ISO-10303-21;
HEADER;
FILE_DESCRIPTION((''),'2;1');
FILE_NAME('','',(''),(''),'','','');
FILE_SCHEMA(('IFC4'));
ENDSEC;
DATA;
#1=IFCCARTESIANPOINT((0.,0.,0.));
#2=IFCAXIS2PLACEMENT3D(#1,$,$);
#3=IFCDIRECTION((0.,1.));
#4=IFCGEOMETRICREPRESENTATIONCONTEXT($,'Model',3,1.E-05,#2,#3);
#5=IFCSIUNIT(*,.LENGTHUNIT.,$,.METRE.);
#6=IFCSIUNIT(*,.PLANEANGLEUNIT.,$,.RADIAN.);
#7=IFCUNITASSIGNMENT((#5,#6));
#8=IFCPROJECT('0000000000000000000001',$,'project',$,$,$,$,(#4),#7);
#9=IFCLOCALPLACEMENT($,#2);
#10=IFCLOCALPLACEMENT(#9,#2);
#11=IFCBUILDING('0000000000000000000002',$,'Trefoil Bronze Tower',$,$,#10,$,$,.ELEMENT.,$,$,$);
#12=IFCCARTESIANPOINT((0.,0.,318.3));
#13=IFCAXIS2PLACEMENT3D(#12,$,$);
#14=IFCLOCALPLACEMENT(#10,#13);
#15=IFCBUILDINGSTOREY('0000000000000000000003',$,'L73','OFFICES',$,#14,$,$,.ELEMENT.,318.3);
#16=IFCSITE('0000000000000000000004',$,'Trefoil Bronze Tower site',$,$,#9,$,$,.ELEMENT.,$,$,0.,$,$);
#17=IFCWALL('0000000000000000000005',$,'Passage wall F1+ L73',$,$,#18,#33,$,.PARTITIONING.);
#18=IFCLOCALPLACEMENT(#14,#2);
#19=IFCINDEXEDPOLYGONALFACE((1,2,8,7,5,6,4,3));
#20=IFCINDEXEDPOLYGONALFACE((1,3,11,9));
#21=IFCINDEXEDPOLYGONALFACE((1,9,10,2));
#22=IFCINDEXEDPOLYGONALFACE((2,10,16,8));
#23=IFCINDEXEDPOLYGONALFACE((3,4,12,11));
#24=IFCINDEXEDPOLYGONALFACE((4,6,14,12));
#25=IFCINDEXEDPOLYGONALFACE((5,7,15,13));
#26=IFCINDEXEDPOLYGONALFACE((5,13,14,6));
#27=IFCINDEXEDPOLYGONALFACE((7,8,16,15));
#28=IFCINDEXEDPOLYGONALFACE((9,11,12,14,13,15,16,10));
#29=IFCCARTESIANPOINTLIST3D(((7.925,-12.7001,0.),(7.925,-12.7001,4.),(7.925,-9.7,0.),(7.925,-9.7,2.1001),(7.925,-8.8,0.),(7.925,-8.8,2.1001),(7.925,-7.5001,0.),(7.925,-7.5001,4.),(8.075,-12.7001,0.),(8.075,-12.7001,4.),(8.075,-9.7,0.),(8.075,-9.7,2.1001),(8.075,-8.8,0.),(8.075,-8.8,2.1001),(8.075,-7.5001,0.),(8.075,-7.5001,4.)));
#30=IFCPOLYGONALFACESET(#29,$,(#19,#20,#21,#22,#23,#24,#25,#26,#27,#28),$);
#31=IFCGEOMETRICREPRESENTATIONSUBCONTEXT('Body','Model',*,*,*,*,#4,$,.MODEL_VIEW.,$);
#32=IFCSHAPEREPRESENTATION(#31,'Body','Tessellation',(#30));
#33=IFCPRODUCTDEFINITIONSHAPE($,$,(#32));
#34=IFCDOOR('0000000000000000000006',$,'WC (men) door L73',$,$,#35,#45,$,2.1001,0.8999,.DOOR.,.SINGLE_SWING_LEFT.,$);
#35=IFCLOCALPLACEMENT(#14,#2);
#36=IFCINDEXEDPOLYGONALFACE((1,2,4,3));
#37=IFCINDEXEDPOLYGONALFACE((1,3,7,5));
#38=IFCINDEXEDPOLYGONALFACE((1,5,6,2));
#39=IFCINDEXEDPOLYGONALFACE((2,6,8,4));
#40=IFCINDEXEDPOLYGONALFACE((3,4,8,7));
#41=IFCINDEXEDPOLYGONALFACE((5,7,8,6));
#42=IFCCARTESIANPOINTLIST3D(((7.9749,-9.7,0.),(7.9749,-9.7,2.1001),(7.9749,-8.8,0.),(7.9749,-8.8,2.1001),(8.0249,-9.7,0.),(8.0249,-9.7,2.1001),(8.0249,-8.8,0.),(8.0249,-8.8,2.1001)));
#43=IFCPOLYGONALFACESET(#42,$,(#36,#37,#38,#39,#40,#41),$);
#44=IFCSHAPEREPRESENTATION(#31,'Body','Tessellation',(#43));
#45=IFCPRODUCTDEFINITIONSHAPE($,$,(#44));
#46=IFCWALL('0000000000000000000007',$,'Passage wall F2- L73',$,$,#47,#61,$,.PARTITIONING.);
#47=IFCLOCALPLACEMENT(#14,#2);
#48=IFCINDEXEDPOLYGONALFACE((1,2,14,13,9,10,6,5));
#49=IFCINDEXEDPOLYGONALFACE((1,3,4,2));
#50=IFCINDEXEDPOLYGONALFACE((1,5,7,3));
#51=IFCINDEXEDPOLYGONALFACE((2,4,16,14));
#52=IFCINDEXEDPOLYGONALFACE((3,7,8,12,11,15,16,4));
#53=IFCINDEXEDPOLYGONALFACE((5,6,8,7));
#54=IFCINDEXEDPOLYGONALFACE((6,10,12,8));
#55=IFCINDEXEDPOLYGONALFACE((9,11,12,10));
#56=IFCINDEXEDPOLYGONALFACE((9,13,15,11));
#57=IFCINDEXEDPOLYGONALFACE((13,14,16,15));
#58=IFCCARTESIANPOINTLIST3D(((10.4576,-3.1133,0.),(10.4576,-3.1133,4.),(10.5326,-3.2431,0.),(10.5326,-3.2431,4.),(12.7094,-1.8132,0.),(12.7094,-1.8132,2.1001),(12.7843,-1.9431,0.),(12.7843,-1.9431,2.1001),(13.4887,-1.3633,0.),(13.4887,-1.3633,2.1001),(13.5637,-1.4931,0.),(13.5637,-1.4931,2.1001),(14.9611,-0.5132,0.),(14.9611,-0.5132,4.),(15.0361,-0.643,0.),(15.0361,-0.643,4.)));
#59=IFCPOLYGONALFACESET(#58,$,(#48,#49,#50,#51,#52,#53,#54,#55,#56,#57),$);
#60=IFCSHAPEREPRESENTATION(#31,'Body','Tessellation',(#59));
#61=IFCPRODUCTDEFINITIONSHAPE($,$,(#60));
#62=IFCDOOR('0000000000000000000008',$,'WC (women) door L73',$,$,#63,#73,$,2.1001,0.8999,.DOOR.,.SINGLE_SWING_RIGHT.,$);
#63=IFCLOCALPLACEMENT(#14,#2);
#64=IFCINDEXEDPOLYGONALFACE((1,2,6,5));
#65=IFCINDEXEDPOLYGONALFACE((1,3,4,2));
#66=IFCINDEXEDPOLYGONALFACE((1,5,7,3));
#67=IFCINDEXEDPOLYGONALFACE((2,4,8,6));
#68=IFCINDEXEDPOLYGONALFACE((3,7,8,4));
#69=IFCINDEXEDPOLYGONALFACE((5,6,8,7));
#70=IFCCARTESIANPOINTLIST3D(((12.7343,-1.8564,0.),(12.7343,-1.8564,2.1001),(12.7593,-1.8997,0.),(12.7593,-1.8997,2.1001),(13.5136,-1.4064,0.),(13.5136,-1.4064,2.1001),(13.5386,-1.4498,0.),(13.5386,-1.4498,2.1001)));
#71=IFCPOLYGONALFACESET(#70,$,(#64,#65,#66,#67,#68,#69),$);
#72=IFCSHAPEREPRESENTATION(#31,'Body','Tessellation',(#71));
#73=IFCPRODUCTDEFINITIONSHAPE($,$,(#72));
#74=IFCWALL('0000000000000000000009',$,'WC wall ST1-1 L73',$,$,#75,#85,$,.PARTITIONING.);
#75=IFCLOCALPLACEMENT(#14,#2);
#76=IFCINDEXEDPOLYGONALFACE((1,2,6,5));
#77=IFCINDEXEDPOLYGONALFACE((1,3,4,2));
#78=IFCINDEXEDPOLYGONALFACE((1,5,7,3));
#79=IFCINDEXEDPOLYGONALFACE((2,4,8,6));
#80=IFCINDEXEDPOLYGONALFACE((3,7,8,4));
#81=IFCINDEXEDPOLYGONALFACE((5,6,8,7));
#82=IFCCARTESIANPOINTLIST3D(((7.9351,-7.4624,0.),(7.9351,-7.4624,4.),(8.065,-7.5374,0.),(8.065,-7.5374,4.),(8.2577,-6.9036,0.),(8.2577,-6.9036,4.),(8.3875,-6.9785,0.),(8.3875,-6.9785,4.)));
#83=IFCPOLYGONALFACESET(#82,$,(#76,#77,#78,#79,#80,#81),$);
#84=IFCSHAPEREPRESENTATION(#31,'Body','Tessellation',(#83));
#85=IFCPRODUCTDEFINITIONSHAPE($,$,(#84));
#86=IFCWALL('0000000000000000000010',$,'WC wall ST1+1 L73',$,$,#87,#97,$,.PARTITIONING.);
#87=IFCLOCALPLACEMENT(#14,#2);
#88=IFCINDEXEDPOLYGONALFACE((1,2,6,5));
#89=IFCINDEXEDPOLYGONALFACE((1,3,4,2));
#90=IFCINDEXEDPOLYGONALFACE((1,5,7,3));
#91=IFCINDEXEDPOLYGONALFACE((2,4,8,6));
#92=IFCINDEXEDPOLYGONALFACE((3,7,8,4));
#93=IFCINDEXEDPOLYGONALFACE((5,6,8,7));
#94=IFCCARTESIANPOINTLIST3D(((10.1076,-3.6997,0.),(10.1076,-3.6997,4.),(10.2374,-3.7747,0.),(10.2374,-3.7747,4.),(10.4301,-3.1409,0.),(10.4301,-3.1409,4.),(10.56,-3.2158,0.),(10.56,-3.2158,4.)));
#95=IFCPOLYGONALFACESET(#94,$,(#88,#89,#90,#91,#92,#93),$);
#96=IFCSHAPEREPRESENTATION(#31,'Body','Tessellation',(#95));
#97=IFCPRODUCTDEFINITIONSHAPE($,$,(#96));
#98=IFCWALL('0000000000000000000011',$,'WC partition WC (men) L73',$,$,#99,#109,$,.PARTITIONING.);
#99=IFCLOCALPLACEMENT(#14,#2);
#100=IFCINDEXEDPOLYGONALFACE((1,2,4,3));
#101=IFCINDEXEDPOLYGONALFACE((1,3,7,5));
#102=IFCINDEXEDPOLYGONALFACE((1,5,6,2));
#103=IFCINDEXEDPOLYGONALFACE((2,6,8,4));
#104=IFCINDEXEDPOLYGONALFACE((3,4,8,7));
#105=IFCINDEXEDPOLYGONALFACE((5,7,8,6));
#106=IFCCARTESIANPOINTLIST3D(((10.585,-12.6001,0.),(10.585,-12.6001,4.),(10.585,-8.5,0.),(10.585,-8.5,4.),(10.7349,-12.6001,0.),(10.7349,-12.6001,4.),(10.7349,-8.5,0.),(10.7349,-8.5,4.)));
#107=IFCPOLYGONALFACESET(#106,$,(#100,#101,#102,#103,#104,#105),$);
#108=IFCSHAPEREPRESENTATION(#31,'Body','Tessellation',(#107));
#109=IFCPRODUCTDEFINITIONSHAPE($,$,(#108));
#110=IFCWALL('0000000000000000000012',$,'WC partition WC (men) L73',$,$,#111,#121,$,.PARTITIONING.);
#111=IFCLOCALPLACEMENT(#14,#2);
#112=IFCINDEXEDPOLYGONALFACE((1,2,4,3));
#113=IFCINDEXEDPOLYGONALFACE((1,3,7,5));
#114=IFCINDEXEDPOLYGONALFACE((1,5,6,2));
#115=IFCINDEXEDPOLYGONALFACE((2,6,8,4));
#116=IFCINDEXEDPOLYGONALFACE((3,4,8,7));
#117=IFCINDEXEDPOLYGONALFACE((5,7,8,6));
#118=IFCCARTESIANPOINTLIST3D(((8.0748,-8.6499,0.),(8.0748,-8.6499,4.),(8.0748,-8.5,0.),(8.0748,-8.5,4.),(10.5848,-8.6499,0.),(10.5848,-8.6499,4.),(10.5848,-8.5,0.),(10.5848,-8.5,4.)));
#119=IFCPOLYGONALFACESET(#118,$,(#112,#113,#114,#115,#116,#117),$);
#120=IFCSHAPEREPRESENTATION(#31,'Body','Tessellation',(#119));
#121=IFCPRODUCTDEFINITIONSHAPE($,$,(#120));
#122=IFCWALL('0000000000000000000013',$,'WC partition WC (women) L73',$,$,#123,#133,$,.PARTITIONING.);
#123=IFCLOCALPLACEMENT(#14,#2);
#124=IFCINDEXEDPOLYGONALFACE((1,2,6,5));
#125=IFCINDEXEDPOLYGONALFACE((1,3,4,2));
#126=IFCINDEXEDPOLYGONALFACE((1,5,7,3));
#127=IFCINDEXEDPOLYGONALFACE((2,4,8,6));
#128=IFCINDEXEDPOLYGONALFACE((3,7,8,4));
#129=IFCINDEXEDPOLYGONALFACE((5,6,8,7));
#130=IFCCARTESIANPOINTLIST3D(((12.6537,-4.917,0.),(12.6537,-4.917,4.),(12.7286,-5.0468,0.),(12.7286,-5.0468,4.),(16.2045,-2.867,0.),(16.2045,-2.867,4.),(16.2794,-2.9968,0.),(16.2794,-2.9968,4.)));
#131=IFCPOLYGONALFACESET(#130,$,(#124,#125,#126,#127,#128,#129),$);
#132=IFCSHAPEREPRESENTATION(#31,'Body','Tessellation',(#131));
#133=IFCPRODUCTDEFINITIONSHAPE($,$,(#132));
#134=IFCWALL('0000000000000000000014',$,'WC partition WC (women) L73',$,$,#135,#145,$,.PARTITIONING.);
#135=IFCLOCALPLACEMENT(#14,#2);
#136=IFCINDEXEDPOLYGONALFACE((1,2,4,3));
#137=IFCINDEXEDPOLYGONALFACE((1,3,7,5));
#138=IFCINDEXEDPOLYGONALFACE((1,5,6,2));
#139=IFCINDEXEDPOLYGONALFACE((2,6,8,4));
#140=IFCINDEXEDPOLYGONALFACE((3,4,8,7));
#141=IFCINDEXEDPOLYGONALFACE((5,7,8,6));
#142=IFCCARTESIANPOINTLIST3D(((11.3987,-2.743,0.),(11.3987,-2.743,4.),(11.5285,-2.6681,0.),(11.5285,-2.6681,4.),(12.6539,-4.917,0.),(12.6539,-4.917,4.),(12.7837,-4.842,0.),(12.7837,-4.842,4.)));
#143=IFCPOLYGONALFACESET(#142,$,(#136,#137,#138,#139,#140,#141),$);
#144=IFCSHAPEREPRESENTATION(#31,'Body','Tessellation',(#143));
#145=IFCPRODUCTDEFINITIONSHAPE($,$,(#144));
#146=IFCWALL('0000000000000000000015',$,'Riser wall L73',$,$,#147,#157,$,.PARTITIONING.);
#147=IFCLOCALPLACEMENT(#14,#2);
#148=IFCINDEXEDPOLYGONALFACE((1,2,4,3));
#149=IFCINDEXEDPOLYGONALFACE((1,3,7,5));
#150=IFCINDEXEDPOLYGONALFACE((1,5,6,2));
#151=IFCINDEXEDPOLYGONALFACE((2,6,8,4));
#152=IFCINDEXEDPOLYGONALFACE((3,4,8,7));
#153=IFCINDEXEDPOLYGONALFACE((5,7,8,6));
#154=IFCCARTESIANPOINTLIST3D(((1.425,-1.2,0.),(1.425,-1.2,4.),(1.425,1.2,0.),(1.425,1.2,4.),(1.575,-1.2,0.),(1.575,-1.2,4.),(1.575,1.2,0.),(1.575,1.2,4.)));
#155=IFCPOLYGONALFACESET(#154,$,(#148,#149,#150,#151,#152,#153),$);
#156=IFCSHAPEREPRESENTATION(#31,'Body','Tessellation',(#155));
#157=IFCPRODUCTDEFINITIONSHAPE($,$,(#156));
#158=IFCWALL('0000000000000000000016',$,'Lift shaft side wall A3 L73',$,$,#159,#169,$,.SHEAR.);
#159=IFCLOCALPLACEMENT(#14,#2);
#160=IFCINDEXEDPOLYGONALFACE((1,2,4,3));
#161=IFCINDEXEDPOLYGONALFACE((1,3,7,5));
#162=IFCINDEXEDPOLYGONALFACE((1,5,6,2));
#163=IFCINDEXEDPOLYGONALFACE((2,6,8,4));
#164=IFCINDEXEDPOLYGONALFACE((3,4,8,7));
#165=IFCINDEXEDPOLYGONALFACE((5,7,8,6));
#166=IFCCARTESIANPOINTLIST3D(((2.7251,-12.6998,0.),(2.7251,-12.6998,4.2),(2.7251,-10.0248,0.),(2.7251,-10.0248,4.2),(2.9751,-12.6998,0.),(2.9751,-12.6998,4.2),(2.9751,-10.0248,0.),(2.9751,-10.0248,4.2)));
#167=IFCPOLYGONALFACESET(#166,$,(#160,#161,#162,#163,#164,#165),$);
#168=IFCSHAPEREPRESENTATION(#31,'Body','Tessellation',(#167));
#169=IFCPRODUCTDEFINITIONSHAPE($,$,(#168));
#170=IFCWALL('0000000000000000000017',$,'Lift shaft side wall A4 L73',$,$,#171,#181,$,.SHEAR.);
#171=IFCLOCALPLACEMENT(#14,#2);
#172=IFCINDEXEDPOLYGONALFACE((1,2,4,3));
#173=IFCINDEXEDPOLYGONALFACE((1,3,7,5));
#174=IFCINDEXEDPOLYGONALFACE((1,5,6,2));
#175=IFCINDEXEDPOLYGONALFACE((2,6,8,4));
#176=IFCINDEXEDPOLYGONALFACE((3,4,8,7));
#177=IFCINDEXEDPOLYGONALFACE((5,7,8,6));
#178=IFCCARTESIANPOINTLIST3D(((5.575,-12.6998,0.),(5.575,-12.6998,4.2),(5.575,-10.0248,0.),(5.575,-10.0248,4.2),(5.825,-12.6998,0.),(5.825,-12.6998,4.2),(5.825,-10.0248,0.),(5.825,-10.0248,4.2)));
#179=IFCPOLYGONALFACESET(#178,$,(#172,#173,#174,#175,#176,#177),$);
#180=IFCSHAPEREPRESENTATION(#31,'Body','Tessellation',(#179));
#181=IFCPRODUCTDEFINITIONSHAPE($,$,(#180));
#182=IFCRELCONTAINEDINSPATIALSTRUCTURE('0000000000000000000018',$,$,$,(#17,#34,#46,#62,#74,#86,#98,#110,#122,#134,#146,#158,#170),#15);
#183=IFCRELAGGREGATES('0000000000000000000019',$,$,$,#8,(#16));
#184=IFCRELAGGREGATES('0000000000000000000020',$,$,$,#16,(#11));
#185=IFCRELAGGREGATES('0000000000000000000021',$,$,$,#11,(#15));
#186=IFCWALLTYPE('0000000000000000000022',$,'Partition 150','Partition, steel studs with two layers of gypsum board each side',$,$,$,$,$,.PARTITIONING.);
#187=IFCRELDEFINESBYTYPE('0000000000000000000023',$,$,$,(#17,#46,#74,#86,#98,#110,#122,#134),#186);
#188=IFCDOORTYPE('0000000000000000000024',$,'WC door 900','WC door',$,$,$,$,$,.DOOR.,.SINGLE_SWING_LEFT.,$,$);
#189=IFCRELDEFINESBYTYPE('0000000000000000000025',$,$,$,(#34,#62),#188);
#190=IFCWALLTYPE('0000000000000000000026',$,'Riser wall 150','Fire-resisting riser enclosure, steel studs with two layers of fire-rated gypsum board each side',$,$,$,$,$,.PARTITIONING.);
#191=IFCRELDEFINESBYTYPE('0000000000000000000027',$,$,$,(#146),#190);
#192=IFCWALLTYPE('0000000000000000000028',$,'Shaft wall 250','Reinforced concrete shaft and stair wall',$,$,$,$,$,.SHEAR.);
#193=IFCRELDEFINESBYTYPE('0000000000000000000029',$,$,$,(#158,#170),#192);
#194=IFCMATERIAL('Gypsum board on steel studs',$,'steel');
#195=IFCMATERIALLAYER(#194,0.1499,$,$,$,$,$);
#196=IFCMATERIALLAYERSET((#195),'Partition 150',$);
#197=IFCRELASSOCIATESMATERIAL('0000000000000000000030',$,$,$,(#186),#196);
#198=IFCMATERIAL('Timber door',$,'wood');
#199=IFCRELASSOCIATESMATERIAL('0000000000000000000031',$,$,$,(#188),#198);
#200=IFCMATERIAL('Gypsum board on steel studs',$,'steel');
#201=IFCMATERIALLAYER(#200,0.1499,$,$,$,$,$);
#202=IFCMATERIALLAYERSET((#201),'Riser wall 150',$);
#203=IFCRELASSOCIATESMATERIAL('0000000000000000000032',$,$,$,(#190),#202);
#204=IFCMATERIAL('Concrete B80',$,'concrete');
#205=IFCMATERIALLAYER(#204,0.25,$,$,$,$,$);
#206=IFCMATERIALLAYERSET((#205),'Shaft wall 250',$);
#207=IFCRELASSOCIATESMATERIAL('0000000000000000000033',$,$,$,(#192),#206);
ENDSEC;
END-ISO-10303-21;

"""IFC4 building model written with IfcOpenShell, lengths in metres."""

from ifc_helpers import new_model, si_unit, direction, frame, frame_2d, origin, place, context, subcontext, project, spatial, rectangle, extrude, material, layer, layer_set, type_object, element, fill, save


model = new_model("IFC4")

# Units and contexts
model_context = context("Model", 3, precision=1e-05, world=origin(), true_north=direction((0.0, 1.0)))
body_context = subcontext(model_context, "Body", "Model", "MODEL_VIEW")
ifc_project = project(units=[si_unit("LENGTHUNIT", "METRE"), si_unit("PLANEANGLEUNIT", "RADIAN")], contexts=[model_context])

# Site, building, storey
site_placement = place(None, origin())
site = spatial("IfcSite", under=ifc_project, at=site_placement, Name="Trefoil Bronze Tower site", CompositionType="ELEMENT", RefElevation=0.0)
building_placement = place(site_placement, origin())
building = spatial("IfcBuilding", under=site, at=building_placement, Name="Trefoil Bronze Tower", CompositionType="ELEMENT")
storey_placement = place(building_placement, frame((0.0, 0.0, 318.3)))
storey = spatial("IfcBuildingStorey", under=building, at=storey_placement, Name="L73", Description="OFFICES", CompositionType="ELEMENT", Elevation=318.3)

# Walls, openings, doors
ifc_material_1 = material(Name="Gypsum board on steel studs", Category="steel")
ifc_layer_1 = layer(ifc_material_1, 0.1499)
ifc_layer_set_1 = layer_set([ifc_layer_1], Name="Partition 150")
wall_type_1 = type_object("IfcWallType", Name="Partition 150", Description="Partition, steel studs with two layers of gypsum board each side", PredefinedType="PARTITIONING", material=ifc_layer_set_1)
wall_1_placement = place(storey_placement, frame((8.0, -7.5, 0.0), z_axis=(0.0, 0.0, 1.0), x_axis=(0.0, -1.0, 0.0)))
wall_1 = element("IfcWall", 1, at=wall_1_placement, inside=storey, type_object=wall_type_1, Name="Passage wall F1+ L73", PredefinedType="PARTITIONING", context=body_context, shape_type="SweptSolid", body=[
    extrude(rectangle(XDim=5.2, YDim=0.1499, at=frame_2d((2.6001, 0.0))), origin(), (0.0, 0.0, 1.0), 4.0),
])
opening_1_placement = place(wall_1_placement, frame((1.3, 0.0, 0.0)))
opening_1 = element("IfcOpeningElement", 2, at=opening_1_placement, cuts=wall_1, PredefinedType="OPENING", context=body_context, shape_type="SweptSolid", body=[
    extrude(rectangle(XDim=0.8999, YDim=2.1001, at=frame_2d((0.45, 1.05))), frame((0.0, 0.085, 0.0), z_axis=(0.0, -1.0, 0.0), x_axis=(1.0, 0.0, 0.0)), (0.0, 0.0, 1.0), 0.1699),
])
ifc_material_2 = material(Name="Timber door", Category="wood")
door_type_1 = type_object("IfcDoorType", Name="WC door 900", Description="WC door", OperationType="SINGLE_SWING_LEFT", PredefinedType="DOOR", material=ifc_material_2)
door_1_placement = place(opening_1_placement, origin())
door_1 = element("IfcDoor", 3, at=door_1_placement, inside=storey, type_object=door_type_1, Name="WC (men) door L73", OperationType="SINGLE_SWING_LEFT", OverallHeight=2.1001, OverallWidth=0.8999, PredefinedType="DOOR", context=body_context, shape_type="SweptSolid", body=[
    extrude(rectangle(XDim=0.8999, YDim=2.1001, at=frame_2d((0.45, 1.05))), frame((0.0, 0.0249, 0.0), z_axis=(0.0, -1.0, 0.0), x_axis=(1.0, 0.0, 0.0)), (0.0, 0.0, 1.0), 0.05),
])
fill(opening_1, door_1)
wall_2_placement = place(storey_placement, frame((10.4951, -3.1782, 0.0), z_axis=(0.0, 0.0, 1.0), x_axis=(0.866021, 0.500007, 0.0)))
wall_2 = element("IfcWall", 4, at=wall_2_placement, inside=storey, type_object=wall_type_1, Name="Passage wall F2- L73", PredefinedType="PARTITIONING", context=body_context, shape_type="SweptSolid", body=[
    extrude(rectangle(XDim=5.2002, YDim=0.1499, at=frame_2d((2.6001, 0.0))), origin(), (0.0, 0.0, 1.0), 4.0),
])
opening_2_placement = place(wall_2_placement, frame((2.6001, 0.0, 0.0)))
opening_2 = element("IfcOpeningElement", 5, at=opening_2_placement, cuts=wall_2, PredefinedType="OPENING", context=body_context, shape_type="SweptSolid", body=[
    extrude(rectangle(XDim=0.8999, YDim=2.1001, at=frame_2d((0.45, 1.05))), frame((0.0, 0.085, 0.0), z_axis=(0.0, -1.0, 0.0), x_axis=(1.0, 0.0, 0.0)), (0.0, 0.0, 1.0), 0.1699),
])
door_2_placement = place(opening_2_placement, frame((0.8999, 0.0, 0.0), z_axis=(0.0, 0.0, 1.0), x_axis=(-1.0, 0.0, 0.0)))
door_2 = element("IfcDoor", 6, at=door_2_placement, inside=storey, type_object=door_type_1, Name="WC (women) door L73", OperationType="SINGLE_SWING_RIGHT", OverallHeight=2.1001, OverallWidth=0.8999, PredefinedType="DOOR", context=body_context, shape_type="SweptSolid", body=[
    extrude(rectangle(XDim=0.8999, YDim=2.1001, at=frame_2d((0.45, 1.05))), frame((0.0, 0.0249, 0.0), z_axis=(0.0, -1.0, 0.0), x_axis=(1.0, 0.0, 0.0)), (0.0, 0.0, 1.0), 0.05),
])
fill(opening_2, door_2)

# Walls
for number, where, z_axis, x_axis, name in (
    (7, (8.0, -7.5, 0.0), (0.0, 0.0, 1.0), (0.499843, 0.866116, 0.0), "WC wall ST1-1 L73"),
    (8, (10.4951, -3.1782, 0.0), (0.0, 0.0, 1.0), (-0.499843, -0.866116, 0.0), "WC wall ST1+1 L73"),
):
    element("IfcWall", number, at=place(storey_placement, frame(where, z_axis=z_axis, x_axis=x_axis)), inside=storey, type_object=wall_type_1, Name=name, PredefinedType="PARTITIONING", context=body_context, shape_type="SweptSolid", body=[
        extrude(rectangle(XDim=0.6453, YDim=0.1499, at=frame_2d((0.3228, 0.0))), origin(), (0.0, 0.0, 1.0), 4.0),
    ])
wall_3_placement = place(storey_placement, frame((10.6599, -8.5, 0.0), z_axis=(0.0, 0.0, 1.0), x_axis=(0.0, -1.0, 0.0)))
element("IfcWall", 9, at=wall_3_placement, inside=storey, type_object=wall_type_1, Name="WC partition WC (men) L73", PredefinedType="PARTITIONING", context=body_context, shape_type="SweptSolid", body=[
    extrude(rectangle(XDim=4.1001, YDim=0.1499, at=frame_2d((2.05, 0.0))), origin(), (0.0, 0.0, 1.0), 4.0),
])
wall_4_placement = place(storey_placement, frame((8.075, -8.575, 0.0), z_axis=(0.0, 0.0, 1.0), x_axis=(1.0, 0.0, 0.0)))
element("IfcWall", 10, at=wall_4_placement, inside=storey, type_object=wall_type_1, Name="WC partition WC (men) L73", PredefinedType="PARTITIONING", context=body_context, shape_type="SweptSolid", body=[
    extrude(rectangle(XDim=2.51, YDim=0.1499, at=frame_2d((1.2549, 0.0))), origin(), (0.0, 0.0, 1.0), 4.0),
])
wall_5_placement = place(storey_placement, frame((12.6912, -4.9819, 0.0), z_axis=(0.0, 0.0, 1.0), x_axis=(0.866025, 0.500001, 0.0)))
element("IfcWall", 11, at=wall_5_placement, inside=storey, type_object=wall_type_1, Name="WC partition WC (women) L73", PredefinedType="PARTITIONING", context=body_context, shape_type="SweptSolid", body=[
    extrude(rectangle(XDim=4.1001, YDim=0.1499, at=frame_2d((2.05, 0.0))), origin(), (0.0, 0.0, 1.0), 4.0),
])
wall_6_placement = place(storey_placement, frame((11.4636, -2.7056, 0.0), z_axis=(0.0, 0.0, 1.0), x_axis=(0.50002, -0.866014, 0.0)))
element("IfcWall", 12, at=wall_6_placement, inside=storey, type_object=wall_type_1, Name="WC partition WC (women) L73", PredefinedType="PARTITIONING", context=body_context, shape_type="SweptSolid", body=[
    extrude(rectangle(XDim=2.5103, YDim=0.1499, at=frame_2d((1.2551, 0.0))), origin(), (0.0, 0.0, 1.0), 4.0),
])
ifc_material_3 = material(Name="Gypsum board on steel studs", Category="steel")
ifc_layer_2 = layer(ifc_material_3, 0.1499)
ifc_layer_set_2 = layer_set([ifc_layer_2], Name="Riser wall 150")
wall_type_2 = type_object("IfcWallType", Name="Riser wall 150", Description="Fire-resisting riser enclosure, steel studs with two layers of fire-rated gypsum board each side", PredefinedType="PARTITIONING", material=ifc_layer_set_2)
wall_7_placement = place(storey_placement, frame((1.5, -1.2, 0.0), z_axis=(0.0, 0.0, 1.0), x_axis=(0.0, 1.0, 0.0)))
element("IfcWall", 13, at=wall_7_placement, inside=storey, type_object=wall_type_2, Name="Riser wall L73", PredefinedType="PARTITIONING", context=body_context, shape_type="SweptSolid", body=[
    extrude(rectangle(XDim=2.3999, YDim=0.1499, at=frame_2d((1.2, 0.0))), origin(), (0.0, 0.0, 1.0), 4.0),
])
ifc_material_4 = material(Name="Concrete B80", Category="concrete")
ifc_layer_3 = layer(ifc_material_4, 0.25)
ifc_layer_set_3 = layer_set([ifc_layer_3], Name="Shaft wall 250")
wall_type_3 = type_object("IfcWallType", Name="Shaft wall 250", Description="Reinforced concrete shaft and stair wall", PredefinedType="SHEAR", material=ifc_layer_set_3)
for number, where, z_axis, x_axis, name in (
    (14, (2.8501, -10.0249, 0.0), (0.0, 0.0, 1.0), (0.0, -1.0, 0.0), "Lift shaft side wall A3 L73"),
    (15, (5.7, -10.0249, 0.0), (0.0, 0.0, 1.0), (0.0, -1.0, 0.0), "Lift shaft side wall A4 L73"),
):
    element("IfcWall", number, at=place(storey_placement, frame(where, z_axis=z_axis, x_axis=x_axis)), inside=storey, type_object=wall_type_3, Name=name, PredefinedType="SHEAR", context=body_context, shape_type="SweptSolid", body=[
        extrude(rectangle(XDim=2.675, YDim=0.25, at=frame_2d((1.3374, 0.0))), origin(), (0.0, 0.0, 1.0), 4.2),
    ])

save(model, "model.ifc")
